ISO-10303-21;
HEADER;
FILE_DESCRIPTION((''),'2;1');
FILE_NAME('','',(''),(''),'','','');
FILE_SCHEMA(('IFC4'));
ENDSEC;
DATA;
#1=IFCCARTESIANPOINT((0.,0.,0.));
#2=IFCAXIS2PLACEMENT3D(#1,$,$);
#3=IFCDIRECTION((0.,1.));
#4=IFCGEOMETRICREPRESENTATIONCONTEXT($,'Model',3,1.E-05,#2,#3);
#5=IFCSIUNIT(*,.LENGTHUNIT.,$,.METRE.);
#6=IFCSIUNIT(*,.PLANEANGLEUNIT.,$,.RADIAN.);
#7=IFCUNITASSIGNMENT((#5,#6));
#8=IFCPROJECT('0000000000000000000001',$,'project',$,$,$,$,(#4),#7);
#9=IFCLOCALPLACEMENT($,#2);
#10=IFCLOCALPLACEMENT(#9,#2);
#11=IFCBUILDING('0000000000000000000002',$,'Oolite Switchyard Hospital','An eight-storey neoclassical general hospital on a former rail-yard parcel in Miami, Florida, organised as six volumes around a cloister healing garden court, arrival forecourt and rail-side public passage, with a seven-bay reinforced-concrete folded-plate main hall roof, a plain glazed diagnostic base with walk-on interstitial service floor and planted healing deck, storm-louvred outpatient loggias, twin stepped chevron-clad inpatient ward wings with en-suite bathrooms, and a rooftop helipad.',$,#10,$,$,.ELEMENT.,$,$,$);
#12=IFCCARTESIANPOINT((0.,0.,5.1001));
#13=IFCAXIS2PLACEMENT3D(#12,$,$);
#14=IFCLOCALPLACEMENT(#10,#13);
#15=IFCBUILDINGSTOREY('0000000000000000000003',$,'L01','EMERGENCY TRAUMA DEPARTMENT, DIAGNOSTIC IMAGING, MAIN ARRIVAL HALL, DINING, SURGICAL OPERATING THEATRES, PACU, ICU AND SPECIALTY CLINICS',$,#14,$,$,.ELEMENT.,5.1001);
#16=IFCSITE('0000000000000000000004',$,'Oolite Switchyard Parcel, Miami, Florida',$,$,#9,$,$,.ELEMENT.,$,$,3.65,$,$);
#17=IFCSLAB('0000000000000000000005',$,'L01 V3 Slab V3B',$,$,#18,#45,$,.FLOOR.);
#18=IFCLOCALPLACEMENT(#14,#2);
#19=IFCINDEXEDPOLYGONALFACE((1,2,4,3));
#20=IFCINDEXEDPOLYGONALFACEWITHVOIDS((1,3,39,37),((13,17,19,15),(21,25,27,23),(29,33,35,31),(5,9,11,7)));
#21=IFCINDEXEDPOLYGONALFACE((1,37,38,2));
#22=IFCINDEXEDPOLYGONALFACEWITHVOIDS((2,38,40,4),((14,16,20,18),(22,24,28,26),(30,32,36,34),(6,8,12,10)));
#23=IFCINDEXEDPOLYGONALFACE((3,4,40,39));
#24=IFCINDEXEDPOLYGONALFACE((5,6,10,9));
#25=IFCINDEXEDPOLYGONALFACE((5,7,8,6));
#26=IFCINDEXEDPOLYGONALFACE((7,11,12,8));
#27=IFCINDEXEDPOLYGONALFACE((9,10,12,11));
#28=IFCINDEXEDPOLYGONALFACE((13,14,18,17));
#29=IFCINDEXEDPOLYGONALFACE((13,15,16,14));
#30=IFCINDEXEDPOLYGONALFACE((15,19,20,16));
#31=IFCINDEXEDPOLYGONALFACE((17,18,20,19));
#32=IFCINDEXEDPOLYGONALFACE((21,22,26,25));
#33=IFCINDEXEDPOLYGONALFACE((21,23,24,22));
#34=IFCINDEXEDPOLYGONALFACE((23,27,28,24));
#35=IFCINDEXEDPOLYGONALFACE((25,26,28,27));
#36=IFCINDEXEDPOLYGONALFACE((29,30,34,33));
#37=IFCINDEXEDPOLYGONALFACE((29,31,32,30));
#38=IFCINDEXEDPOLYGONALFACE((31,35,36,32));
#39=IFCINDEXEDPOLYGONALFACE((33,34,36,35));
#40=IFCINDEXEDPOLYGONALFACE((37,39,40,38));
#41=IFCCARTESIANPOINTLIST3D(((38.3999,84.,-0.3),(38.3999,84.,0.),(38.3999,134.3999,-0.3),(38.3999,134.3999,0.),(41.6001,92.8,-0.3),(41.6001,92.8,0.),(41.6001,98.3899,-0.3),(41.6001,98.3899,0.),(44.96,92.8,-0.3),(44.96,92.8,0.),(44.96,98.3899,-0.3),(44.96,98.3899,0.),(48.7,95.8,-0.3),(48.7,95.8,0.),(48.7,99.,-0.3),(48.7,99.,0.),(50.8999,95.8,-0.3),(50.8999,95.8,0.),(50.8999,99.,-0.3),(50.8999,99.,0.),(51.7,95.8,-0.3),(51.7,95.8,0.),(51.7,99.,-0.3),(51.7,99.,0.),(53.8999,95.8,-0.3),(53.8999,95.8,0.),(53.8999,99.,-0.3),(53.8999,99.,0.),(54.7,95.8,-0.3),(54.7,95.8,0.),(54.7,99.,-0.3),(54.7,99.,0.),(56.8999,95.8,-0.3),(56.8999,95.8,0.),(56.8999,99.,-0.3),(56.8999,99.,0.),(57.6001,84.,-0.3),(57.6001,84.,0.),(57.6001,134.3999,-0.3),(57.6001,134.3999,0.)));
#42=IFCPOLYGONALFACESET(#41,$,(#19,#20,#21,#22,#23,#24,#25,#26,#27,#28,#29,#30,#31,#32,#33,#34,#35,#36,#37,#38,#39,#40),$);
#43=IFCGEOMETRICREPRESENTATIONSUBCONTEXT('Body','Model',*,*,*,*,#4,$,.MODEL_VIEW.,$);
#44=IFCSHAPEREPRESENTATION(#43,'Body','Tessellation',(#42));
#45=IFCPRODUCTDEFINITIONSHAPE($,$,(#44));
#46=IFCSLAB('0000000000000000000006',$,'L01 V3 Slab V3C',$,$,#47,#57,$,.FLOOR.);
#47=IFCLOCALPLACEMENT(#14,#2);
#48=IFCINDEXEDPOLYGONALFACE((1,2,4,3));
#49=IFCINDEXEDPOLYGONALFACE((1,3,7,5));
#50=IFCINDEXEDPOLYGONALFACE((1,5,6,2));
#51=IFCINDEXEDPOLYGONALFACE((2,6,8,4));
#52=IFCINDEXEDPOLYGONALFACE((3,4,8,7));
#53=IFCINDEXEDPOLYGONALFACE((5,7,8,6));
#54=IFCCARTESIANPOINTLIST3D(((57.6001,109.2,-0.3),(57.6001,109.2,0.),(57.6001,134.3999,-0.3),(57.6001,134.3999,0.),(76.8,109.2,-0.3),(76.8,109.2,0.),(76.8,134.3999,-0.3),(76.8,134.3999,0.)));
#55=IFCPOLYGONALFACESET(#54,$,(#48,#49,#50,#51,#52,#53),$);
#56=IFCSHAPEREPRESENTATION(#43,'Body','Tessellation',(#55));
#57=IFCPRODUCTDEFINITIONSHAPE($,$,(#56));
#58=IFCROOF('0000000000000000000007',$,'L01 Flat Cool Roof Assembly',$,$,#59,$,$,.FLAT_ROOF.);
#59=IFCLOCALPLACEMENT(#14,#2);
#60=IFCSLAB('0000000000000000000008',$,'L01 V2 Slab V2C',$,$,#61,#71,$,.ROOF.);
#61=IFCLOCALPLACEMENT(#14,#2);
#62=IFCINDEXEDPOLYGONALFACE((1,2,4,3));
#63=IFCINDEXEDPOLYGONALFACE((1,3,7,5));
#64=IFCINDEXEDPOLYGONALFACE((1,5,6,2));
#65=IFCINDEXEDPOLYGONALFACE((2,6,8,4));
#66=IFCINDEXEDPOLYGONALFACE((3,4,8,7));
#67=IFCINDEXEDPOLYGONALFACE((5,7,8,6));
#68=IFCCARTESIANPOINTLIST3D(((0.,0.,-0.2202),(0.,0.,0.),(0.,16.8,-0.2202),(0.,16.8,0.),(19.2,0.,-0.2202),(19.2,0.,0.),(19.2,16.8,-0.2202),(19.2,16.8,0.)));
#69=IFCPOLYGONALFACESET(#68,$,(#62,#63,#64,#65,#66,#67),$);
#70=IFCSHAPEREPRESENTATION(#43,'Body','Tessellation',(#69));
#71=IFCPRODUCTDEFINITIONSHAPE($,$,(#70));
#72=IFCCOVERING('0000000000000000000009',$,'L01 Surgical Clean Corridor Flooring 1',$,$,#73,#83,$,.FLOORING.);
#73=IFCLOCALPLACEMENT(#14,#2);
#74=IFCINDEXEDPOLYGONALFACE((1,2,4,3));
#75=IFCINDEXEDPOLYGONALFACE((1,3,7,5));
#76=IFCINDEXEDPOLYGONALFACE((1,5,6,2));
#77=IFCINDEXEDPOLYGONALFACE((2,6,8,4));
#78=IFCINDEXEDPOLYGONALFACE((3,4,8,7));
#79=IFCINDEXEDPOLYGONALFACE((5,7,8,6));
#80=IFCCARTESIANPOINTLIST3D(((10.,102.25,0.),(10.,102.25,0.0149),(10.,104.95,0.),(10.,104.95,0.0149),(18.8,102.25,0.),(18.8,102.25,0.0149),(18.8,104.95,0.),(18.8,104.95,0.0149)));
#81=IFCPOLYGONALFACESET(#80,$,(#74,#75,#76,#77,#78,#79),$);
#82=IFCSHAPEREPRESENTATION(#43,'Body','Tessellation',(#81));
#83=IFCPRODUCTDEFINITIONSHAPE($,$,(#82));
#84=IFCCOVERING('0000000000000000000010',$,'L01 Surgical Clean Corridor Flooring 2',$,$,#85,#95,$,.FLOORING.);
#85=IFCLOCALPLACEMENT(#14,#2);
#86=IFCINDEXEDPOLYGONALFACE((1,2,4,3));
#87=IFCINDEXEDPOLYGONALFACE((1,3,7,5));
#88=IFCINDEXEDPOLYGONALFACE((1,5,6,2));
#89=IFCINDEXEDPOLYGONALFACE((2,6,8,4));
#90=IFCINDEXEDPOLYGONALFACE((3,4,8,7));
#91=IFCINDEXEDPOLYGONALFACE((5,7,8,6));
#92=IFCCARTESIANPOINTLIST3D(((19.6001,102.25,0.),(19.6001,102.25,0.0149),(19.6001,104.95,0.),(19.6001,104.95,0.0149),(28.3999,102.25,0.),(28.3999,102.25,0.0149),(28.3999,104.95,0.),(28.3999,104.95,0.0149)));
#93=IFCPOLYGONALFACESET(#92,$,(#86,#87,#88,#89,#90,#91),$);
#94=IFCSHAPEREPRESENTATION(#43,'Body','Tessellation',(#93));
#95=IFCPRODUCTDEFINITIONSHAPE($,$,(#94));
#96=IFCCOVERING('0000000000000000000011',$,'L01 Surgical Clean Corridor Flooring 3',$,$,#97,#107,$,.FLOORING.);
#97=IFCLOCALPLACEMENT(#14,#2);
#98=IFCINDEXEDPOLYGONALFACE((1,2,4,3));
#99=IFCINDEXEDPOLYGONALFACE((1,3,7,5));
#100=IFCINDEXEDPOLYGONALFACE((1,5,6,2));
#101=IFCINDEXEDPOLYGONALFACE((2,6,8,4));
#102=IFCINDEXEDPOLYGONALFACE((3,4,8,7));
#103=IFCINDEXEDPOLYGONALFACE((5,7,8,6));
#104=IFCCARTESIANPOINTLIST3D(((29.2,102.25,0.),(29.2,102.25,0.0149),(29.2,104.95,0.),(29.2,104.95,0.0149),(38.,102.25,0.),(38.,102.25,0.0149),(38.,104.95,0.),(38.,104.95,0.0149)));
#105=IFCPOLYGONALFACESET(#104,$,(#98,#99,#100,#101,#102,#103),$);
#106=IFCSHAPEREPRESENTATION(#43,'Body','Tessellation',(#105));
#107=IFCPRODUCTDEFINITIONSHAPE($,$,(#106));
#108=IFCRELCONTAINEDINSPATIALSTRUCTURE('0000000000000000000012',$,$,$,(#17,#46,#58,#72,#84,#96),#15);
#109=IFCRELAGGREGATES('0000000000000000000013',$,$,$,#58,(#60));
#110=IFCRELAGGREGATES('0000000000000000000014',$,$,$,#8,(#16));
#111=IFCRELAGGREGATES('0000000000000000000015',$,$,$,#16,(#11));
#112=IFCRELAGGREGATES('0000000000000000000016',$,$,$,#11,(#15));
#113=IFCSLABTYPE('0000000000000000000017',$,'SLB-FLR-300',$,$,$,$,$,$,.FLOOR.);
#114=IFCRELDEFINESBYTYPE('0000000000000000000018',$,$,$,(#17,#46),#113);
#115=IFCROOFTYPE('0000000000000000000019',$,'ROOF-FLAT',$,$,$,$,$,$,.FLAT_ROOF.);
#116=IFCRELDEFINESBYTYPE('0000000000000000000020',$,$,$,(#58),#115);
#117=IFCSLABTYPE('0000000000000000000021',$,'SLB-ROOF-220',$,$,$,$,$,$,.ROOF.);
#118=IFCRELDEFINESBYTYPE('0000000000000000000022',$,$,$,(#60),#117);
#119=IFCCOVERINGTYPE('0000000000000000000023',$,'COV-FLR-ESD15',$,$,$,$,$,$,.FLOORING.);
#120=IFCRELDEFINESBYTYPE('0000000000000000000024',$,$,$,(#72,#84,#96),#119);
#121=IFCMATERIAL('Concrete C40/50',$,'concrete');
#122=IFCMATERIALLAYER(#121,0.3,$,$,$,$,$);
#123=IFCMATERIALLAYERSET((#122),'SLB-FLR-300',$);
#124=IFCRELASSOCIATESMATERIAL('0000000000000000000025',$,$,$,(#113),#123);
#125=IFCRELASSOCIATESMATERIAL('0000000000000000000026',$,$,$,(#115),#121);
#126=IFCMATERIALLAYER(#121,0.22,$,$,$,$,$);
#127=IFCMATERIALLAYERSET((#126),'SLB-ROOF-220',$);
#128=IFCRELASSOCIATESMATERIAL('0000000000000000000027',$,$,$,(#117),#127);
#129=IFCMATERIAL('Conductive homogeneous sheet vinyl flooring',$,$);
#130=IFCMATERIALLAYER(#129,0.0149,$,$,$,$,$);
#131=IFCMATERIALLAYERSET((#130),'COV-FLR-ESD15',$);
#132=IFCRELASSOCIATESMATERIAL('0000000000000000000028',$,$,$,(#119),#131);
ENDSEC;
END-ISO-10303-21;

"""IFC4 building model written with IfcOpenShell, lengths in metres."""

from ifc_helpers import new_model, si_unit, direction, frame, origin, place, context, subcontext, project, spatial, polyline, outline, extrude, material, layer, layer_set, type_object, element, aggregate, save


model = new_model("IFC4")

# Units and contexts
model_context = context("Model", 3, precision=1e-05, world=origin(), true_north=direction((0.0, 1.0)))
body_context = subcontext(model_context, "Body", "Model", "MODEL_VIEW")
ifc_project = project(units=[si_unit("LENGTHUNIT", "METRE"), si_unit("PLANEANGLEUNIT", "RADIAN")], contexts=[model_context])

# Site, building, storey
site_placement = place(None, origin())
site = spatial("IfcSite", under=ifc_project, at=site_placement, Name="Oolite Switchyard Parcel, Miami, Florida", CompositionType="ELEMENT", RefElevation=3.65)
building_placement = place(site_placement, origin())
building = spatial("IfcBuilding", under=site, at=building_placement, Name="Oolite Switchyard Hospital", Description="An eight-storey neoclassical general hospital on a former rail-yard parcel in Miami, Florida, organised as six volumes around a cloister healing garden court, arrival forecourt and rail-side public passage, with a seven-bay reinforced-concrete folded-plate main hall roof, a plain glazed diagnostic base with walk-on interstitial service floor and planted healing deck, storm-louvred outpatient loggias, twin stepped chevron-clad inpatient ward wings with en-suite bathrooms, and a rooftop helipad.", CompositionType="ELEMENT")
storey_placement = place(building_placement, frame((0.0, 0.0, 5.1001)))
storey = spatial("IfcBuildingStorey", under=building, at=storey_placement, Name="L01", Description="EMERGENCY TRAUMA DEPARTMENT, DIAGNOSTIC IMAGING, MAIN ARRIVAL HALL, DINING, SURGICAL OPERATING THEATRES, PACU, ICU AND SPECIALTY CLINICS", CompositionType="ELEMENT", Elevation=5.1001)

# Shared definitions
ifc_material_1 = material(Name="Concrete C40/50", Category="concrete")

# Slabs
ifc_layer_1 = layer(ifc_material_1, 0.3)
ifc_layer_set_1 = layer_set([ifc_layer_1], Name="SLB-FLR-300")
slab_type_1 = type_object("IfcSlabType", Name="SLB-FLR-300", PredefinedType="FLOOR", material=ifc_layer_set_1)
slab_1_placement = place(storey_placement, frame((0.0, 0.0, -0.3)))
element("IfcSlab", 1, at=slab_1_placement, inside=storey, type_object=slab_type_1, Name="L01 V3 Slab V3B", PredefinedType="FLOOR", context=body_context, shape_type="SweptSolid", body=[
    extrude(outline(polyline([(38.3999, 84.0), (57.6001, 84.0), (57.6001, 134.3999), (38.3999, 134.3999), (38.3999, 84.0)]), holes=[polyline([(41.6001, 98.3899), (41.6001, 92.8), (44.96, 92.8), (44.96, 98.3899), (41.6001, 98.3899)]), polyline([(48.7, 95.8), (50.8999, 95.8), (50.8999, 99.0), (48.7, 99.0), (48.7, 95.8)]), polyline([(51.7, 95.8), (53.8999, 95.8), (53.8999, 99.0), (51.7, 99.0), (51.7, 95.8)]), polyline([(54.7, 95.8), (56.8999, 95.8), (56.8999, 99.0), (54.7, 99.0), (54.7, 95.8)])]), origin(), (0.0, 0.0, 1.0), 0.3),
])
slab_2_placement = place(storey_placement, frame((0.0, 0.0, -0.3)))
element("IfcSlab", 2, at=slab_2_placement, inside=storey, type_object=slab_type_1, Name="L01 V3 Slab V3C", PredefinedType="FLOOR", context=body_context, shape_type="SweptSolid", body=[
    extrude(outline(polyline([(57.6001, 109.2), (76.8, 109.2), (76.8, 134.3999), (57.6001, 134.3999), (57.6001, 109.2)])), origin(), (0.0, 0.0, 1.0), 0.3),
])

# Roof, slab
roof_type = type_object("IfcRoofType", Name="ROOF-FLAT", PredefinedType="FLAT_ROOF", material=ifc_material_1)
roof_placement = place(storey_placement, origin())
roof = element("IfcRoof", 3, at=roof_placement, inside=storey, type_object=roof_type, Name="L01 Flat Cool Roof Assembly", PredefinedType="FLAT_ROOF")
ifc_layer_2 = layer(ifc_material_1, 0.22)
ifc_layer_set_2 = layer_set([ifc_layer_2], Name="SLB-ROOF-220")
slab_type_2 = type_object("IfcSlabType", Name="SLB-ROOF-220", PredefinedType="ROOF", material=ifc_layer_set_2)
slab_3_placement = place(storey_placement, frame((0.0, 0.0, -0.2202)))
slab_3 = element("IfcSlab", 4, at=slab_3_placement, type_object=slab_type_2, Name="L01 V2 Slab V2C", PredefinedType="ROOF", context=body_context, shape_type="SweptSolid", body=[
    extrude(outline(polyline([(0.0, 0.0), (19.2, 0.0), (19.2, 16.8), (0.0, 16.8), (0.0, 0.0)])), origin(), (0.0, 0.0, 1.0), 0.2202),
])
aggregate(roof, [slab_3])

# Coverings
ifc_material_2 = material(Name="Conductive homogeneous sheet vinyl flooring")
ifc_layer_3 = layer(ifc_material_2, 0.0149)
ifc_layer_set_3 = layer_set([ifc_layer_3], Name="COV-FLR-ESD15")
covering_type = type_object("IfcCoveringType", Name="COV-FLR-ESD15", PredefinedType="FLOORING", material=ifc_layer_set_3)
covering_1_placement = place(storey_placement, origin())
element("IfcCovering", 5, at=covering_1_placement, inside=storey, type_object=covering_type, Name="L01 Surgical Clean Corridor Flooring 1", PredefinedType="FLOORING", context=body_context, shape_type="SweptSolid", body=[
    extrude(outline(polyline([(10.0, 102.25), (18.8, 102.25), (18.8, 104.95), (10.0, 104.95), (10.0, 102.25)])), origin(), (0.0, 0.0, 1.0), 0.0149),
])
covering_2_placement = place(storey_placement, origin())
element("IfcCovering", 6, at=covering_2_placement, inside=storey, type_object=covering_type, Name="L01 Surgical Clean Corridor Flooring 2", PredefinedType="FLOORING", context=body_context, shape_type="SweptSolid", body=[
    extrude(outline(polyline([(19.6001, 102.25), (28.3999, 102.25), (28.3999, 104.95), (19.6001, 104.95), (19.6001, 102.25)])), origin(), (0.0, 0.0, 1.0), 0.0149),
])
covering_3_placement = place(storey_placement, origin())
element("IfcCovering", 7, at=covering_3_placement, inside=storey, type_object=covering_type, Name="L01 Surgical Clean Corridor Flooring 3", PredefinedType="FLOORING", context=body_context, shape_type="SweptSolid", body=[
    extrude(outline(polyline([(29.2, 102.25), (38.0, 102.25), (38.0, 104.95), (29.2, 104.95), (29.2, 102.25)])), origin(), (0.0, 0.0, 1.0), 0.0149),
])

save(model, "model.ifc")
